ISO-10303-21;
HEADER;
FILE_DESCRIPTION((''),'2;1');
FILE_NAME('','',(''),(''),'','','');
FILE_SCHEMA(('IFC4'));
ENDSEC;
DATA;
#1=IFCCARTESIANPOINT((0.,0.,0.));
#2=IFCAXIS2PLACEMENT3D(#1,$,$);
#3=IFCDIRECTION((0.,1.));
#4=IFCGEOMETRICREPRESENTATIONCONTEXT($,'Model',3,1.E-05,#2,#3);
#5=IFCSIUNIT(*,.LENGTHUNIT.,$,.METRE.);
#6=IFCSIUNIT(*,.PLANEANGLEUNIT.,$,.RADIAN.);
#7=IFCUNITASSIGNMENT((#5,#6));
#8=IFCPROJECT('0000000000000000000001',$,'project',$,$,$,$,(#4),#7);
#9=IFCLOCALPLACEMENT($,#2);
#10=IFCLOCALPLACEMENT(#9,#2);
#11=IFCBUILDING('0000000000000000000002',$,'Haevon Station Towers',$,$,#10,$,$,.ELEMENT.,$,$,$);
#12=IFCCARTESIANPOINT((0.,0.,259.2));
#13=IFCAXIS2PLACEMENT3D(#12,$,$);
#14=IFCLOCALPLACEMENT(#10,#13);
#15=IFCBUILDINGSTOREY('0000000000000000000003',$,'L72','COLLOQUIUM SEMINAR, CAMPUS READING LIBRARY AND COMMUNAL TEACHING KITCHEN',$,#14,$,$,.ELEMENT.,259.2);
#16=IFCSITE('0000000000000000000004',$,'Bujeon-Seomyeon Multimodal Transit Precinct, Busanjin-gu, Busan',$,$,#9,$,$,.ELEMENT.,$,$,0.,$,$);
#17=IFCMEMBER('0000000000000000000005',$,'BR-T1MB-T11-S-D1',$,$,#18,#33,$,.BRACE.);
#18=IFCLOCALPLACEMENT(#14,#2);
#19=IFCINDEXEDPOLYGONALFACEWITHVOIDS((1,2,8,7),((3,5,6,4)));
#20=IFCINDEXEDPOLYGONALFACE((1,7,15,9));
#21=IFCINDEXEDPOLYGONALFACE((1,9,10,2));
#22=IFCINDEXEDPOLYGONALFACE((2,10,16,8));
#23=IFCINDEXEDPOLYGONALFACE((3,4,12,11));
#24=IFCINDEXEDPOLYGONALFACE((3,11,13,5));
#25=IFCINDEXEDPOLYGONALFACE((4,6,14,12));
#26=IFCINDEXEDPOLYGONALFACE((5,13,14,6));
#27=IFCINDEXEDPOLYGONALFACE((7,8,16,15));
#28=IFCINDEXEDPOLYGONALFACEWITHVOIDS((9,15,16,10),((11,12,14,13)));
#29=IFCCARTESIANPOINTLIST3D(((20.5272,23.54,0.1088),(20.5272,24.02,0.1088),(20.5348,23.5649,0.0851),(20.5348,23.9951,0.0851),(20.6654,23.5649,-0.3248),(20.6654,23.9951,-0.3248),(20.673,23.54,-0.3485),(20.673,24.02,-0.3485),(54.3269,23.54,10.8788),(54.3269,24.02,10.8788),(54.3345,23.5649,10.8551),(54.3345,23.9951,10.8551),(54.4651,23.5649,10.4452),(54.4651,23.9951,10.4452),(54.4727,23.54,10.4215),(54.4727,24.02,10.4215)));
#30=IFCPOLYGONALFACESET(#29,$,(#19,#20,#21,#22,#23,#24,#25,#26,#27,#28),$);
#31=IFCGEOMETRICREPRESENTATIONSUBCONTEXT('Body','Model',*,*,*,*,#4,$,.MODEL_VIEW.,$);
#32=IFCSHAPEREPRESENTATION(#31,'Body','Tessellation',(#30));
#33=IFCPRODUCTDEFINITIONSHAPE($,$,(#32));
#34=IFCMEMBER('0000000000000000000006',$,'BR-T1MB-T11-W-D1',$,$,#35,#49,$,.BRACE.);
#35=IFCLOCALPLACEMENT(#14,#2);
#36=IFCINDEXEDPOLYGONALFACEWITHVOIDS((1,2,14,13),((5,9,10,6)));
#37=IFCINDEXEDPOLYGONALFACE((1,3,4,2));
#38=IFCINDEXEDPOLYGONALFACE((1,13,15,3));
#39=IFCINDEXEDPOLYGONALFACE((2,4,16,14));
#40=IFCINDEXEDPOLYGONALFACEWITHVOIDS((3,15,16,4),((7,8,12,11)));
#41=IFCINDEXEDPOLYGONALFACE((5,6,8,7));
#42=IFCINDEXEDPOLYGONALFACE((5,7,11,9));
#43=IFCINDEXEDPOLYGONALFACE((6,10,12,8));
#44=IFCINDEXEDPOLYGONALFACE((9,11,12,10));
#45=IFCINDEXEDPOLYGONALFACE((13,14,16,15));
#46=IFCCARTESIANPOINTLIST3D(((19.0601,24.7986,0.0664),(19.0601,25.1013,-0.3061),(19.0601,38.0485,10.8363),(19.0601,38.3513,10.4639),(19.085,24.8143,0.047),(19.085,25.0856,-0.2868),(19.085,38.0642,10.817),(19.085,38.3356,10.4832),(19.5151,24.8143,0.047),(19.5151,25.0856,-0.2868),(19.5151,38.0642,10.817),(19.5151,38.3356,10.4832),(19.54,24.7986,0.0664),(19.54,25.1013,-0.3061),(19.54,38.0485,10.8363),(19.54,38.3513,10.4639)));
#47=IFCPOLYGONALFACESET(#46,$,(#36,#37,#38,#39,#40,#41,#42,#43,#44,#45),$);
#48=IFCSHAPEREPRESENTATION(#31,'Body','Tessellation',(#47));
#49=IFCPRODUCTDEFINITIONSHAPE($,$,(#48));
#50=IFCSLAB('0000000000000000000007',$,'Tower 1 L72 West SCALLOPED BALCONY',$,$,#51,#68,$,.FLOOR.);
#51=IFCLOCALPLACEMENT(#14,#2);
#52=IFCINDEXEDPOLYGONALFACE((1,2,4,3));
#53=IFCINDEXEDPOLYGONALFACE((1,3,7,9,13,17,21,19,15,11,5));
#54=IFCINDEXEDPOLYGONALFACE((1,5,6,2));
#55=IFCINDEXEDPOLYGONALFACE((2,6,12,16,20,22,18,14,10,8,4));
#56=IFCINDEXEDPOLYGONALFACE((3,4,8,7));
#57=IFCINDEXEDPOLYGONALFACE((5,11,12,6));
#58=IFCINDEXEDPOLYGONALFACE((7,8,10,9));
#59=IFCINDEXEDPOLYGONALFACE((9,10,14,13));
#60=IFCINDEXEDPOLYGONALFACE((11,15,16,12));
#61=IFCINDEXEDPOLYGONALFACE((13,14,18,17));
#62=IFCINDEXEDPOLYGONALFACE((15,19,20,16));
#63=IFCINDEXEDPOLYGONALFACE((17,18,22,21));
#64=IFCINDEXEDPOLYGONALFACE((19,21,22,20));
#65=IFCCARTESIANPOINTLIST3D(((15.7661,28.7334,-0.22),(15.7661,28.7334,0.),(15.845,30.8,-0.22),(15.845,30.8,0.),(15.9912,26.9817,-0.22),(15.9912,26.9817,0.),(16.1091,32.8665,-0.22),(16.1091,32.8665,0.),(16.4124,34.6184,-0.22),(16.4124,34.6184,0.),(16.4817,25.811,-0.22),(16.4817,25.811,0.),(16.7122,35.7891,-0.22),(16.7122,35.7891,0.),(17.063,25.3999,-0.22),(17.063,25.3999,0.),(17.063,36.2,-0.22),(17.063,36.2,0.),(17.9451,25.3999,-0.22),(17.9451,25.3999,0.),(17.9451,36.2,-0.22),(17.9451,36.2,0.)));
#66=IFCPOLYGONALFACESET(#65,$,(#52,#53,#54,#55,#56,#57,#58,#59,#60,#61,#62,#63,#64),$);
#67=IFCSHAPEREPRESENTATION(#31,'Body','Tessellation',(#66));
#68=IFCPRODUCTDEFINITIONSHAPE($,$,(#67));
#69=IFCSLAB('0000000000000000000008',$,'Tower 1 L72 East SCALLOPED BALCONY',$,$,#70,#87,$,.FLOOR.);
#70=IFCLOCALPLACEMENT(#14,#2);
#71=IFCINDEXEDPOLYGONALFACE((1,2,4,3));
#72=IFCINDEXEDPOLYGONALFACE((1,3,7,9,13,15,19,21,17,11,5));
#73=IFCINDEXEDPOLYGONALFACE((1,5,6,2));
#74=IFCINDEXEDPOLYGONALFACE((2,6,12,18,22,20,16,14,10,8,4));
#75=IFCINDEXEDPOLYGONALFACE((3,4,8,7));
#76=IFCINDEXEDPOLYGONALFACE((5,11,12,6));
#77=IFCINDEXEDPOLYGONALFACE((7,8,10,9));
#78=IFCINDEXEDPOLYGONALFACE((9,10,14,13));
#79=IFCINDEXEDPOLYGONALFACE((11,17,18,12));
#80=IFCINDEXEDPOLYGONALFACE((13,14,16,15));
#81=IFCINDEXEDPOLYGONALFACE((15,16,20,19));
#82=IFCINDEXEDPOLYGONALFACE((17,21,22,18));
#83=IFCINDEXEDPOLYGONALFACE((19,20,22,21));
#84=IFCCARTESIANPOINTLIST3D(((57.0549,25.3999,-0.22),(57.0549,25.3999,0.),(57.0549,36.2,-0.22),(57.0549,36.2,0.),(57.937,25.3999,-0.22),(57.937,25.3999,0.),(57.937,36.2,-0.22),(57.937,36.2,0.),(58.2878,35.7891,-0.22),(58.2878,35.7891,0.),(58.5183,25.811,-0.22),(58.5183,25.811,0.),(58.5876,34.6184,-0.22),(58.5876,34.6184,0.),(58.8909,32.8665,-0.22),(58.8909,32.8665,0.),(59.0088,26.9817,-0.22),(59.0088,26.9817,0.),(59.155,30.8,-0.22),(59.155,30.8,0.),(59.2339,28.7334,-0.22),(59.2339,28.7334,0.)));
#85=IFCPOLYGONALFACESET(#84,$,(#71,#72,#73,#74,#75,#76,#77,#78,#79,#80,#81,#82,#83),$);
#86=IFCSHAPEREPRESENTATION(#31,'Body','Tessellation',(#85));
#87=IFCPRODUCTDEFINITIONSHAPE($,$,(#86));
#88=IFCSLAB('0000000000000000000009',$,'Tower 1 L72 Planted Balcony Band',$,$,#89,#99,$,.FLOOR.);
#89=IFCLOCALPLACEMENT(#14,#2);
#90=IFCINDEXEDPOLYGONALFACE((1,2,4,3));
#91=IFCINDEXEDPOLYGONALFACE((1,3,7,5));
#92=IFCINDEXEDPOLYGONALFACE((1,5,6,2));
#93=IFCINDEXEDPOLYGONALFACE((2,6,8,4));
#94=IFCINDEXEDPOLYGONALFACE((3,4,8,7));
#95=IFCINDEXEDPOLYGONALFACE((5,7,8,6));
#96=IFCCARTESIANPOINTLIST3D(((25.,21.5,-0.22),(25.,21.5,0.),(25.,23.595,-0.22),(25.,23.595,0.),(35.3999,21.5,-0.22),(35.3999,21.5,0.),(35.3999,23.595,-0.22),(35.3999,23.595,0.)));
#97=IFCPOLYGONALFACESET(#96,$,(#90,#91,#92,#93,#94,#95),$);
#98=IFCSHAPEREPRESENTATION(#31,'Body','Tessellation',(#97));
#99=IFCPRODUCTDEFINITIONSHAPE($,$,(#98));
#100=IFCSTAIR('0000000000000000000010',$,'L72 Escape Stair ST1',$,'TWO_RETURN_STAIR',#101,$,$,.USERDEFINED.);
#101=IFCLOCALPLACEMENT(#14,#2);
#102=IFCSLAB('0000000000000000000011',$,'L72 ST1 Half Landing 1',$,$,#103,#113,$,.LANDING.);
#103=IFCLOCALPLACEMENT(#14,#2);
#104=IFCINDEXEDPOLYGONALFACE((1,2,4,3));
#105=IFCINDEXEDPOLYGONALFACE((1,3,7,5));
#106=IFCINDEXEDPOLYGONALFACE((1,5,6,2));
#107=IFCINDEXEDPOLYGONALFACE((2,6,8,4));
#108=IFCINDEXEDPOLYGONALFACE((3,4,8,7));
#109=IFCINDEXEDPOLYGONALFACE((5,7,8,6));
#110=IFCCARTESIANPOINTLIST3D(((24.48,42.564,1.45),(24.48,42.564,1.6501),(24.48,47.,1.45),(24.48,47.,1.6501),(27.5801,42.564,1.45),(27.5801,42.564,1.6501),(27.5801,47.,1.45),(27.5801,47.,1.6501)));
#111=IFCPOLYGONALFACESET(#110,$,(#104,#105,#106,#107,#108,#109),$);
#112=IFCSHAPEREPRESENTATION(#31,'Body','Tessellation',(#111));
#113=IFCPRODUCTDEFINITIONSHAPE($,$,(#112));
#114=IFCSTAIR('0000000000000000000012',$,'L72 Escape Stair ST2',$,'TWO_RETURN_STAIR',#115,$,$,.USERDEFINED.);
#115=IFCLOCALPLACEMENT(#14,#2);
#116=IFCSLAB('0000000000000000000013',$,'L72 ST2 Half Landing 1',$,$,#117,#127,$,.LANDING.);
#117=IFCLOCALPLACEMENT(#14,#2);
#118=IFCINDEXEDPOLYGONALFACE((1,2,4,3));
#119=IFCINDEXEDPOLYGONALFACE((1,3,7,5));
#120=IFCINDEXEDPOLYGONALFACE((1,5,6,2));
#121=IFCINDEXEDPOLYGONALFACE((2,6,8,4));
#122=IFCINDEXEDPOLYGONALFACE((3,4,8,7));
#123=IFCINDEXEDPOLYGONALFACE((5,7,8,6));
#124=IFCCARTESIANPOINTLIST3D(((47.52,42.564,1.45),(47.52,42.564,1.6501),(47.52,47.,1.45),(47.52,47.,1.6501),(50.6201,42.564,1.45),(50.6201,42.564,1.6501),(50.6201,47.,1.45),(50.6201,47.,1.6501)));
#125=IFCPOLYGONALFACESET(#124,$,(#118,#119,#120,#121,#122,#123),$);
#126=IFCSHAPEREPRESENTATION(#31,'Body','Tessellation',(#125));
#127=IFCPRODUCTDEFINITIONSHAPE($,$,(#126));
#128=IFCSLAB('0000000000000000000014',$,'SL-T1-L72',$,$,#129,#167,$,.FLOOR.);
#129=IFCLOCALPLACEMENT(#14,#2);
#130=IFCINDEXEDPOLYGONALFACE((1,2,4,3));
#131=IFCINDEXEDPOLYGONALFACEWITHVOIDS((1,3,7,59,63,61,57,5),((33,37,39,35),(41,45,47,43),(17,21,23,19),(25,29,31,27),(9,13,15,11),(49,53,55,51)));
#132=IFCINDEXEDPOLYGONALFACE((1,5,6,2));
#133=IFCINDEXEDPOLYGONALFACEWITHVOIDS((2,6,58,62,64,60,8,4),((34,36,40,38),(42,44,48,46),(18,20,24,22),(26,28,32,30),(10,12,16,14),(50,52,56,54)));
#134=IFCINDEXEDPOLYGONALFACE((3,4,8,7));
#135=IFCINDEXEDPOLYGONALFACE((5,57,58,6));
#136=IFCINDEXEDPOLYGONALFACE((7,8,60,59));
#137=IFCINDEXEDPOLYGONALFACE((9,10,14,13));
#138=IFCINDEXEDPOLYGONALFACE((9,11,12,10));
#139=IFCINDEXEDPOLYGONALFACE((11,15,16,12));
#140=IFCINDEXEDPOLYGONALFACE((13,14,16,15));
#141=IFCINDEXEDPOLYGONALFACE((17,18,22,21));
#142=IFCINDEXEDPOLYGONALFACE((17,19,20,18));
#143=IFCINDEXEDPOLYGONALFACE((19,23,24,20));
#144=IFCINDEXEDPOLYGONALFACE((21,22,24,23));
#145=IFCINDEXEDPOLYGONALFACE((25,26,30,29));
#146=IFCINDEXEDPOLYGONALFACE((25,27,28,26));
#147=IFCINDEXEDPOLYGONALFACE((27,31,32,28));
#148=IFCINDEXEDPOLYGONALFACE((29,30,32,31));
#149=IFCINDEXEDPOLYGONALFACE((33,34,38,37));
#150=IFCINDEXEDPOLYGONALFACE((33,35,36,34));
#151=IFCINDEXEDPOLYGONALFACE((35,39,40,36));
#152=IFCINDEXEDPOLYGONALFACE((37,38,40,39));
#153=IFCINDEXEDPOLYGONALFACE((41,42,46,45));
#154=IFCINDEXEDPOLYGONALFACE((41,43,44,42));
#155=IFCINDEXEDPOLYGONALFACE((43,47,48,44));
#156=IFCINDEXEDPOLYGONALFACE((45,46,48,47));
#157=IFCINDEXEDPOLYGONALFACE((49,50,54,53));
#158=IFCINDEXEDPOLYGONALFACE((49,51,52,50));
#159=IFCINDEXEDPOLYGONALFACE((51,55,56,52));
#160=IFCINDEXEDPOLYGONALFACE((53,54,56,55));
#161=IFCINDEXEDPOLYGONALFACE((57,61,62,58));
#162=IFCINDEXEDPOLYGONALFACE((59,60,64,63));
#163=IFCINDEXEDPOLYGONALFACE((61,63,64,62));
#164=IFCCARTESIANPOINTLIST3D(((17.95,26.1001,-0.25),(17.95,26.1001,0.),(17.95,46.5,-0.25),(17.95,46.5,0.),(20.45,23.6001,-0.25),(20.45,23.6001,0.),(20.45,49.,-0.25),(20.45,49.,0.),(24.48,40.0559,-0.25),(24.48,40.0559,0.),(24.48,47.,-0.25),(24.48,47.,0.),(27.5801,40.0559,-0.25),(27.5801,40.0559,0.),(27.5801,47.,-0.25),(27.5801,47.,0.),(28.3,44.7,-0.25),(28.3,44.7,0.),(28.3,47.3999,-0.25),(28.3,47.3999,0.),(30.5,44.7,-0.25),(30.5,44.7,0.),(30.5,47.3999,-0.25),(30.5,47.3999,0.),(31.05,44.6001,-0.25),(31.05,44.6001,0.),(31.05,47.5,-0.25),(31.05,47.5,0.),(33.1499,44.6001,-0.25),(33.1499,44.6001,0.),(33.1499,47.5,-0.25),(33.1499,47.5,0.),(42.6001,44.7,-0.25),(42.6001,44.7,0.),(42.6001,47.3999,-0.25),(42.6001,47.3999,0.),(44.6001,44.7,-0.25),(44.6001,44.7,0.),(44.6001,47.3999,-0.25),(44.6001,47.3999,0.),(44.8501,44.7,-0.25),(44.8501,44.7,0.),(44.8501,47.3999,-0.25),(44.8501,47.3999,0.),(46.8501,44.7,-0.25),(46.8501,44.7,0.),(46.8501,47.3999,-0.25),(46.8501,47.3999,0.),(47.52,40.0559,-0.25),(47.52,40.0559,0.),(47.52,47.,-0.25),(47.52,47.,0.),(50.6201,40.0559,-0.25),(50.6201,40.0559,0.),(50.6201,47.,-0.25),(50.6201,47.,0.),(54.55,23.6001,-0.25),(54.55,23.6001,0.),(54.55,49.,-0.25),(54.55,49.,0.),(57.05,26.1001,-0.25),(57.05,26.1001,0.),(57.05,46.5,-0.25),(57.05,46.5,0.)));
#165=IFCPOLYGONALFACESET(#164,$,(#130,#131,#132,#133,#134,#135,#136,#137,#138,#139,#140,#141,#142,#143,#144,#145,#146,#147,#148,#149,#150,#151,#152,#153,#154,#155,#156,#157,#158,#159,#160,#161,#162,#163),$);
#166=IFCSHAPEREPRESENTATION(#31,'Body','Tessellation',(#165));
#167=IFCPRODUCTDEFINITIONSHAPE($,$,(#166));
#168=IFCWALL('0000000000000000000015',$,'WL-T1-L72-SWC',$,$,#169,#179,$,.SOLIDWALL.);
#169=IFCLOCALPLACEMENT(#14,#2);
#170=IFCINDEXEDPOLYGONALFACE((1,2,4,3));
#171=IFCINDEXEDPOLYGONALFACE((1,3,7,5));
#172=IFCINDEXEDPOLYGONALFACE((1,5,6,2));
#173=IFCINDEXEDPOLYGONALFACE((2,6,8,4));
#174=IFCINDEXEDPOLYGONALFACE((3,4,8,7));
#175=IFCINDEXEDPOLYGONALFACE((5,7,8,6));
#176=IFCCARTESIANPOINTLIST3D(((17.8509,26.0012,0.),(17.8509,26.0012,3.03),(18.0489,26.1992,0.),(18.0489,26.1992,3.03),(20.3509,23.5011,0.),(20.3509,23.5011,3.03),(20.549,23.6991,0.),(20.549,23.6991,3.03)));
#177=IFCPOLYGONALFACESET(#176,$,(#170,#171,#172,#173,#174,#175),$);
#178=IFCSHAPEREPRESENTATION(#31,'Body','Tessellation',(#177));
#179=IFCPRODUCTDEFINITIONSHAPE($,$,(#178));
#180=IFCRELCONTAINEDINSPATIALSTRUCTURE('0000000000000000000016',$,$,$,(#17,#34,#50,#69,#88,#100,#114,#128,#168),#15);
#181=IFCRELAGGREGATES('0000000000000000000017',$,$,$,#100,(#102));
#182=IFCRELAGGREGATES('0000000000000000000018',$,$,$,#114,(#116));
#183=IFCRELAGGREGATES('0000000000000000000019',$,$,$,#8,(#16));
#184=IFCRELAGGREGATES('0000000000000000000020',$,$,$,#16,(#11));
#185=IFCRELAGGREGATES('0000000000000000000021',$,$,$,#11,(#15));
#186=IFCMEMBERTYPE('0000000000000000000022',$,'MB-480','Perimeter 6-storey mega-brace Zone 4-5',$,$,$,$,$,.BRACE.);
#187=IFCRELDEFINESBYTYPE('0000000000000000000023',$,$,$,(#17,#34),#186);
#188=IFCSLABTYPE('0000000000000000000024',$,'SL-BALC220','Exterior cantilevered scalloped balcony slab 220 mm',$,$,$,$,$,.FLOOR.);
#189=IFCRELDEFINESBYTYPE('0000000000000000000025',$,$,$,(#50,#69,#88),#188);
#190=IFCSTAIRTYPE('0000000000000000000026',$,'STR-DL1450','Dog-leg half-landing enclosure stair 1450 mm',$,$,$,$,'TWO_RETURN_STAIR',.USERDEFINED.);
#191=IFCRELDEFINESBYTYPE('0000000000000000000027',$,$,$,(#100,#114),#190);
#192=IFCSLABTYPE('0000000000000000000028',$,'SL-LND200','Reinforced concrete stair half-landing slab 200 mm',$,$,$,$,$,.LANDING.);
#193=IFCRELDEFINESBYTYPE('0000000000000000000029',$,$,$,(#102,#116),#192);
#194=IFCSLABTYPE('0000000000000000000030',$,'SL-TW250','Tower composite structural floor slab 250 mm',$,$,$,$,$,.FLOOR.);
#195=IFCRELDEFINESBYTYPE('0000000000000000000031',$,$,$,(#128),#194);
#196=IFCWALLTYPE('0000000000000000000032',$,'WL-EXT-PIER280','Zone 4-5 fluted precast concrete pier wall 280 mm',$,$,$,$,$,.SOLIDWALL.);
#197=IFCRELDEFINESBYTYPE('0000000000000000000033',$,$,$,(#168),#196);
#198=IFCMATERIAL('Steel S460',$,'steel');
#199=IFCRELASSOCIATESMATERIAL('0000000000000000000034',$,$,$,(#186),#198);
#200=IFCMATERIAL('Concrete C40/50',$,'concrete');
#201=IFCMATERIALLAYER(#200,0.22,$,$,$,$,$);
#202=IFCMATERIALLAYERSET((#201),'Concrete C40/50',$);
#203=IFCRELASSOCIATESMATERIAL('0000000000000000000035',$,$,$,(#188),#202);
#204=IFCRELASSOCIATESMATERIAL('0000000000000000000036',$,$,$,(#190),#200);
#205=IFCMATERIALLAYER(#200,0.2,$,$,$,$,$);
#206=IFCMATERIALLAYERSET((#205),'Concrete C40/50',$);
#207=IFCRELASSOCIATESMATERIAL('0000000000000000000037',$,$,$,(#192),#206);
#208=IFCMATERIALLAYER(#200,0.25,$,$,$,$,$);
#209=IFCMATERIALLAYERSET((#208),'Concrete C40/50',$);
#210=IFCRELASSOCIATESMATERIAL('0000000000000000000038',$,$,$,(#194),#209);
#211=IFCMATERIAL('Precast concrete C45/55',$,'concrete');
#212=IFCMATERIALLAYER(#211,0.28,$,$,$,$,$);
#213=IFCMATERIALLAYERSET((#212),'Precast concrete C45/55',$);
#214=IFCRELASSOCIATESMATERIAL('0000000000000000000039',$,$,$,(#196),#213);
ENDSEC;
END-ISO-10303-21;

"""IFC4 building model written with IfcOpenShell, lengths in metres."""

from ifc_helpers import new_model, si_unit, direction, frame, frame_2d, origin, origin_2d, place, context, subcontext, project, spatial, polyline, rectangle, hollow_rectangle, outline, extrude, material, layer, layer_set, material_profile, profile_set, type_object, element, aggregate, save


model = new_model("IFC4")

# Units and contexts
model_context = context("Model", 3, precision=1e-05, world=origin(), true_north=direction((0.0, 1.0)))
body_context = subcontext(model_context, "Body", "Model", "MODEL_VIEW")
ifc_project = project(units=[si_unit("LENGTHUNIT", "METRE"), si_unit("PLANEANGLEUNIT", "RADIAN")], contexts=[model_context])

# Site, building, storey
site_placement = place(None, origin())
site = spatial("IfcSite", under=ifc_project, at=site_placement, Name="Bujeon-Seomyeon Multimodal Transit Precinct, Busanjin-gu, Busan", CompositionType="ELEMENT", RefElevation=0.0)
building_placement = place(site_placement, origin())
building = spatial("IfcBuilding", under=site, at=building_placement, Name="Haevon Station Towers", CompositionType="ELEMENT")
storey_placement = place(building_placement, frame((0.0, 0.0, 259.2)))
storey = spatial("IfcBuildingStorey", under=building, at=storey_placement, Name="L72", Description="COLLOQUIUM SEMINAR, CAMPUS READING LIBRARY AND COMMUNAL TEACHING KITCHEN", CompositionType="ELEMENT", Elevation=259.2)

# Shared definitions
ifc_material_1 = material(Name="Steel S460", Category="steel")

# Members
ifc_material_profile_1 = material_profile(ifc_material_1, hollow_rectangle(XDim=0.48, YDim=0.48, WallThickness=0.0249, at=origin_2d()), Name="RHS-480x480x25")
ifc_profile_set_1 = profile_set([ifc_material_profile_1], Name="Steel S460")
member_type = type_object("IfcMemberType", Name="MB-480", Description="Perimeter 6-storey mega-brace Zone 4-5", PredefinedType="BRACE", material=ifc_profile_set_1)
member_1_placement = place(storey_placement, frame((20.6001, 23.78, -0.1199), z_axis=(0.952799, 0.0, 0.303601), x_axis=(0.0, 1.0, 0.0)))
element("IfcMember", 1, at=member_1_placement, inside=storey, type_object=member_type, Name="BR-T1MB-T11-S-D1", PredefinedType="BRACE", context=body_context, shape_type="SweptSolid", body=[
    extrude(hollow_rectangle(XDim=0.48, YDim=0.48, WallThickness=0.0249, at=origin_2d()), origin(), (0.0, 0.0, 1.0), 35.4741),
])
member_2_placement = place(storey_placement, frame((19.3, 24.95, -0.1199), z_axis=(0.0, 0.775988, 0.630748), x_axis=(-1.0, 0.0, 0.0)))
element("IfcMember", 2, at=member_2_placement, inside=storey, type_object=member_type, Name="BR-T1MB-T11-W-D1", PredefinedType="BRACE", context=body_context, shape_type="SweptSolid", body=[
    extrude(hollow_rectangle(XDim=0.48, YDim=0.48, WallThickness=0.0249, at=origin_2d()), origin(), (0.0, 0.0, 1.0), 17.075),
])

# Slabs
ifc_material_2 = material(Name="Concrete C40/50", Category="concrete")
ifc_layer_1 = layer(ifc_material_2, 0.22)
ifc_layer_set_1 = layer_set([ifc_layer_1], Name="Concrete C40/50")
slab_type_1 = type_object("IfcSlabType", Name="SL-BALC220", Description="Exterior cantilevered scalloped balcony slab 220 mm", PredefinedType="FLOOR", material=ifc_layer_set_1)
slab_1_placement = place(storey_placement, frame((0.0, 0.0, -0.22)))
element("IfcSlab", 3, at=slab_1_placement, inside=storey, type_object=slab_type_1, Name="Tower 1 L72 West SCALLOPED BALCONY", PredefinedType="FLOOR", context=body_context, shape_type="SweptSolid", body=[
    extrude(outline(polyline([(17.9451, 36.2), (17.063, 36.2), (16.7122, 35.7891), (16.4124, 34.6184), (16.1091, 32.8665), (15.845, 30.8), (15.7661, 28.7334), (15.9912, 26.9817), (16.4817, 25.811), (17.063, 25.3999), (17.9451, 25.3999), (17.9451, 36.2)])), origin(), (0.0, 0.0, 1.0), 0.22),
])
slab_2_placement = place(storey_placement, frame((0.0, 0.0, -0.22)))
element("IfcSlab", 4, at=slab_2_placement, inside=storey, type_object=slab_type_1, Name="Tower 1 L72 East SCALLOPED BALCONY", PredefinedType="FLOOR", context=body_context, shape_type="SweptSolid", body=[
    extrude(outline(polyline([(57.0549, 25.3999), (57.937, 25.3999), (58.5183, 25.811), (59.0088, 26.9817), (59.2339, 28.7334), (59.155, 30.8), (58.8909, 32.8665), (58.5876, 34.6184), (58.2878, 35.7891), (57.937, 36.2), (57.0549, 36.2), (57.0549, 25.3999)])), origin(), (0.0, 0.0, 1.0), 0.22),
])
slab_3_placement = place(storey_placement, frame((0.0, 0.0, -0.22)))
element("IfcSlab", 5, at=slab_3_placement, inside=storey, type_object=slab_type_1, Name="Tower 1 L72 Planted Balcony Band", PredefinedType="FLOOR", context=body_context, shape_type="SweptSolid", body=[
    extrude(outline(polyline([(25.0, 21.5), (35.3999, 21.5), (35.3999, 23.595), (25.0, 23.595), (25.0, 21.5)])), origin(), (0.0, 0.0, 1.0), 0.22),
])

# Stairs, slabs
stair_type = type_object("IfcStairType", Name="STR-DL1450", Description="Dog-leg half-landing enclosure stair 1450 mm", ElementType="TWO_RETURN_STAIR", PredefinedType="USERDEFINED", material=ifc_material_2)
stair_1_placement = place(storey_placement, origin())
stair_1 = element("IfcStair", 6, at=stair_1_placement, inside=storey, type_object=stair_type, Name="L72 Escape Stair ST1", ObjectType="TWO_RETURN_STAIR", PredefinedType="USERDEFINED")
ifc_layer_2 = layer(ifc_material_2, 0.2)
ifc_layer_set_2 = layer_set([ifc_layer_2], Name="Concrete C40/50")
slab_type_2 = type_object("IfcSlabType", Name="SL-LND200", Description="Reinforced concrete stair half-landing slab 200 mm", PredefinedType="LANDING", material=ifc_layer_set_2)
slab_4_placement = place(storey_placement, frame((0.0, 0.0, 1.45)))
slab_4 = element("IfcSlab", 7, at=slab_4_placement, type_object=slab_type_2, Name="L72 ST1 Half Landing 1", PredefinedType="LANDING", context=body_context, shape_type="SweptSolid", body=[
    extrude(outline(polyline([(27.5801, 42.564), (27.5801, 47.0), (24.48, 47.0), (24.48, 42.564), (27.5801, 42.564)])), origin(), (0.0, 0.0, 1.0), 0.2002),
])
aggregate(stair_1, [slab_4])
stair_2_placement = place(storey_placement, origin())
stair_2 = element("IfcStair", 8, at=stair_2_placement, inside=storey, type_object=stair_type, Name="L72 Escape Stair ST2", ObjectType="TWO_RETURN_STAIR", PredefinedType="USERDEFINED")
slab_5_placement = place(storey_placement, frame((0.0, 0.0, 1.45)))
slab_5 = element("IfcSlab", 9, at=slab_5_placement, type_object=slab_type_2, Name="L72 ST2 Half Landing 1", PredefinedType="LANDING", context=body_context, shape_type="SweptSolid", body=[
    extrude(outline(polyline([(50.6201, 42.564), (50.6201, 47.0), (47.52, 47.0), (47.52, 42.564), (50.6201, 42.564)])), origin(), (0.0, 0.0, 1.0), 0.2002),
])
aggregate(stair_2, [slab_5])

# Slab
ifc_layer_3 = layer(ifc_material_2, 0.25)
ifc_layer_set_3 = layer_set([ifc_layer_3], Name="Concrete C40/50")
slab_type_3 = type_object("IfcSlabType", Name="SL-TW250", Description="Tower composite structural floor slab 250 mm", PredefinedType="FLOOR", material=ifc_layer_set_3)
slab_6_placement = place(storey_placement, frame((0.0, 0.0, -0.25)))
element("IfcSlab", 10, at=slab_6_placement, inside=storey, type_object=slab_type_3, Name="SL-T1-L72", PredefinedType="FLOOR", context=body_context, shape_type="SweptSolid", body=[
    extrude(outline(polyline([(20.45, 23.6001), (54.55, 23.6001), (57.05, 26.1001), (57.05, 46.5), (54.55, 49.0), (20.45, 49.0), (17.95, 46.5), (17.95, 26.1001), (20.45, 23.6001)]), holes=[polyline([(27.5801, 40.0559), (27.5801, 47.0), (24.48, 47.0), (24.48, 40.0559), (27.5801, 40.0559)]), polyline([(50.6201, 40.0559), (50.6201, 47.0), (47.52, 47.0), (47.52, 40.0559), (50.6201, 40.0559)]), polyline([(28.3, 44.7), (30.5, 44.7), (30.5, 47.3999), (28.3, 47.3999), (28.3, 44.7)]), polyline([(31.05, 44.6001), (33.1499, 44.6001), (33.1499, 47.5), (31.05, 47.5), (31.05, 44.6001)]), polyline([(42.6001, 44.7), (44.6001, 44.7), (44.6001, 47.3999), (42.6001, 47.3999), (42.6001, 44.7)]), polyline([(44.8501, 44.7), (46.8501, 44.7), (46.8501, 47.3999), (44.8501, 47.3999), (44.8501, 44.7)])]), origin(), (0.0, 0.0, 1.0), 0.25),
])

# Wall
ifc_material_3 = material(Name="Precast concrete C45/55", Category="concrete")
ifc_layer_4 = layer(ifc_material_3, 0.28)
ifc_layer_set_4 = layer_set([ifc_layer_4], Name="Precast concrete C45/55")
wall_type_1 = type_object("IfcWallType", Name="WL-EXT-PIER280", Description="Zone 4-5 fluted precast concrete pier wall 280 mm", PredefinedType="SOLIDWALL", material=ifc_layer_set_4)
wall_1_placement = place(storey_placement, frame((20.45, 23.6001, 0.0), z_axis=(0.0, 0.0, 1.0), x_axis=(-0.707107, 0.707107, 0.0)))
element("IfcWall", 11, at=wall_1_placement, inside=storey, type_object=wall_type_1, Name="WL-T1-L72-SWC", PredefinedType="SOLIDWALL", context=body_context, shape_type="SweptSolid", body=[
    extrude(rectangle(XDim=3.5356, YDim=0.28, at=frame_2d((1.7678, 0.0))), origin(), (0.0, 0.0, 1.0), 3.03),
])

save(model, "model.ifc")
